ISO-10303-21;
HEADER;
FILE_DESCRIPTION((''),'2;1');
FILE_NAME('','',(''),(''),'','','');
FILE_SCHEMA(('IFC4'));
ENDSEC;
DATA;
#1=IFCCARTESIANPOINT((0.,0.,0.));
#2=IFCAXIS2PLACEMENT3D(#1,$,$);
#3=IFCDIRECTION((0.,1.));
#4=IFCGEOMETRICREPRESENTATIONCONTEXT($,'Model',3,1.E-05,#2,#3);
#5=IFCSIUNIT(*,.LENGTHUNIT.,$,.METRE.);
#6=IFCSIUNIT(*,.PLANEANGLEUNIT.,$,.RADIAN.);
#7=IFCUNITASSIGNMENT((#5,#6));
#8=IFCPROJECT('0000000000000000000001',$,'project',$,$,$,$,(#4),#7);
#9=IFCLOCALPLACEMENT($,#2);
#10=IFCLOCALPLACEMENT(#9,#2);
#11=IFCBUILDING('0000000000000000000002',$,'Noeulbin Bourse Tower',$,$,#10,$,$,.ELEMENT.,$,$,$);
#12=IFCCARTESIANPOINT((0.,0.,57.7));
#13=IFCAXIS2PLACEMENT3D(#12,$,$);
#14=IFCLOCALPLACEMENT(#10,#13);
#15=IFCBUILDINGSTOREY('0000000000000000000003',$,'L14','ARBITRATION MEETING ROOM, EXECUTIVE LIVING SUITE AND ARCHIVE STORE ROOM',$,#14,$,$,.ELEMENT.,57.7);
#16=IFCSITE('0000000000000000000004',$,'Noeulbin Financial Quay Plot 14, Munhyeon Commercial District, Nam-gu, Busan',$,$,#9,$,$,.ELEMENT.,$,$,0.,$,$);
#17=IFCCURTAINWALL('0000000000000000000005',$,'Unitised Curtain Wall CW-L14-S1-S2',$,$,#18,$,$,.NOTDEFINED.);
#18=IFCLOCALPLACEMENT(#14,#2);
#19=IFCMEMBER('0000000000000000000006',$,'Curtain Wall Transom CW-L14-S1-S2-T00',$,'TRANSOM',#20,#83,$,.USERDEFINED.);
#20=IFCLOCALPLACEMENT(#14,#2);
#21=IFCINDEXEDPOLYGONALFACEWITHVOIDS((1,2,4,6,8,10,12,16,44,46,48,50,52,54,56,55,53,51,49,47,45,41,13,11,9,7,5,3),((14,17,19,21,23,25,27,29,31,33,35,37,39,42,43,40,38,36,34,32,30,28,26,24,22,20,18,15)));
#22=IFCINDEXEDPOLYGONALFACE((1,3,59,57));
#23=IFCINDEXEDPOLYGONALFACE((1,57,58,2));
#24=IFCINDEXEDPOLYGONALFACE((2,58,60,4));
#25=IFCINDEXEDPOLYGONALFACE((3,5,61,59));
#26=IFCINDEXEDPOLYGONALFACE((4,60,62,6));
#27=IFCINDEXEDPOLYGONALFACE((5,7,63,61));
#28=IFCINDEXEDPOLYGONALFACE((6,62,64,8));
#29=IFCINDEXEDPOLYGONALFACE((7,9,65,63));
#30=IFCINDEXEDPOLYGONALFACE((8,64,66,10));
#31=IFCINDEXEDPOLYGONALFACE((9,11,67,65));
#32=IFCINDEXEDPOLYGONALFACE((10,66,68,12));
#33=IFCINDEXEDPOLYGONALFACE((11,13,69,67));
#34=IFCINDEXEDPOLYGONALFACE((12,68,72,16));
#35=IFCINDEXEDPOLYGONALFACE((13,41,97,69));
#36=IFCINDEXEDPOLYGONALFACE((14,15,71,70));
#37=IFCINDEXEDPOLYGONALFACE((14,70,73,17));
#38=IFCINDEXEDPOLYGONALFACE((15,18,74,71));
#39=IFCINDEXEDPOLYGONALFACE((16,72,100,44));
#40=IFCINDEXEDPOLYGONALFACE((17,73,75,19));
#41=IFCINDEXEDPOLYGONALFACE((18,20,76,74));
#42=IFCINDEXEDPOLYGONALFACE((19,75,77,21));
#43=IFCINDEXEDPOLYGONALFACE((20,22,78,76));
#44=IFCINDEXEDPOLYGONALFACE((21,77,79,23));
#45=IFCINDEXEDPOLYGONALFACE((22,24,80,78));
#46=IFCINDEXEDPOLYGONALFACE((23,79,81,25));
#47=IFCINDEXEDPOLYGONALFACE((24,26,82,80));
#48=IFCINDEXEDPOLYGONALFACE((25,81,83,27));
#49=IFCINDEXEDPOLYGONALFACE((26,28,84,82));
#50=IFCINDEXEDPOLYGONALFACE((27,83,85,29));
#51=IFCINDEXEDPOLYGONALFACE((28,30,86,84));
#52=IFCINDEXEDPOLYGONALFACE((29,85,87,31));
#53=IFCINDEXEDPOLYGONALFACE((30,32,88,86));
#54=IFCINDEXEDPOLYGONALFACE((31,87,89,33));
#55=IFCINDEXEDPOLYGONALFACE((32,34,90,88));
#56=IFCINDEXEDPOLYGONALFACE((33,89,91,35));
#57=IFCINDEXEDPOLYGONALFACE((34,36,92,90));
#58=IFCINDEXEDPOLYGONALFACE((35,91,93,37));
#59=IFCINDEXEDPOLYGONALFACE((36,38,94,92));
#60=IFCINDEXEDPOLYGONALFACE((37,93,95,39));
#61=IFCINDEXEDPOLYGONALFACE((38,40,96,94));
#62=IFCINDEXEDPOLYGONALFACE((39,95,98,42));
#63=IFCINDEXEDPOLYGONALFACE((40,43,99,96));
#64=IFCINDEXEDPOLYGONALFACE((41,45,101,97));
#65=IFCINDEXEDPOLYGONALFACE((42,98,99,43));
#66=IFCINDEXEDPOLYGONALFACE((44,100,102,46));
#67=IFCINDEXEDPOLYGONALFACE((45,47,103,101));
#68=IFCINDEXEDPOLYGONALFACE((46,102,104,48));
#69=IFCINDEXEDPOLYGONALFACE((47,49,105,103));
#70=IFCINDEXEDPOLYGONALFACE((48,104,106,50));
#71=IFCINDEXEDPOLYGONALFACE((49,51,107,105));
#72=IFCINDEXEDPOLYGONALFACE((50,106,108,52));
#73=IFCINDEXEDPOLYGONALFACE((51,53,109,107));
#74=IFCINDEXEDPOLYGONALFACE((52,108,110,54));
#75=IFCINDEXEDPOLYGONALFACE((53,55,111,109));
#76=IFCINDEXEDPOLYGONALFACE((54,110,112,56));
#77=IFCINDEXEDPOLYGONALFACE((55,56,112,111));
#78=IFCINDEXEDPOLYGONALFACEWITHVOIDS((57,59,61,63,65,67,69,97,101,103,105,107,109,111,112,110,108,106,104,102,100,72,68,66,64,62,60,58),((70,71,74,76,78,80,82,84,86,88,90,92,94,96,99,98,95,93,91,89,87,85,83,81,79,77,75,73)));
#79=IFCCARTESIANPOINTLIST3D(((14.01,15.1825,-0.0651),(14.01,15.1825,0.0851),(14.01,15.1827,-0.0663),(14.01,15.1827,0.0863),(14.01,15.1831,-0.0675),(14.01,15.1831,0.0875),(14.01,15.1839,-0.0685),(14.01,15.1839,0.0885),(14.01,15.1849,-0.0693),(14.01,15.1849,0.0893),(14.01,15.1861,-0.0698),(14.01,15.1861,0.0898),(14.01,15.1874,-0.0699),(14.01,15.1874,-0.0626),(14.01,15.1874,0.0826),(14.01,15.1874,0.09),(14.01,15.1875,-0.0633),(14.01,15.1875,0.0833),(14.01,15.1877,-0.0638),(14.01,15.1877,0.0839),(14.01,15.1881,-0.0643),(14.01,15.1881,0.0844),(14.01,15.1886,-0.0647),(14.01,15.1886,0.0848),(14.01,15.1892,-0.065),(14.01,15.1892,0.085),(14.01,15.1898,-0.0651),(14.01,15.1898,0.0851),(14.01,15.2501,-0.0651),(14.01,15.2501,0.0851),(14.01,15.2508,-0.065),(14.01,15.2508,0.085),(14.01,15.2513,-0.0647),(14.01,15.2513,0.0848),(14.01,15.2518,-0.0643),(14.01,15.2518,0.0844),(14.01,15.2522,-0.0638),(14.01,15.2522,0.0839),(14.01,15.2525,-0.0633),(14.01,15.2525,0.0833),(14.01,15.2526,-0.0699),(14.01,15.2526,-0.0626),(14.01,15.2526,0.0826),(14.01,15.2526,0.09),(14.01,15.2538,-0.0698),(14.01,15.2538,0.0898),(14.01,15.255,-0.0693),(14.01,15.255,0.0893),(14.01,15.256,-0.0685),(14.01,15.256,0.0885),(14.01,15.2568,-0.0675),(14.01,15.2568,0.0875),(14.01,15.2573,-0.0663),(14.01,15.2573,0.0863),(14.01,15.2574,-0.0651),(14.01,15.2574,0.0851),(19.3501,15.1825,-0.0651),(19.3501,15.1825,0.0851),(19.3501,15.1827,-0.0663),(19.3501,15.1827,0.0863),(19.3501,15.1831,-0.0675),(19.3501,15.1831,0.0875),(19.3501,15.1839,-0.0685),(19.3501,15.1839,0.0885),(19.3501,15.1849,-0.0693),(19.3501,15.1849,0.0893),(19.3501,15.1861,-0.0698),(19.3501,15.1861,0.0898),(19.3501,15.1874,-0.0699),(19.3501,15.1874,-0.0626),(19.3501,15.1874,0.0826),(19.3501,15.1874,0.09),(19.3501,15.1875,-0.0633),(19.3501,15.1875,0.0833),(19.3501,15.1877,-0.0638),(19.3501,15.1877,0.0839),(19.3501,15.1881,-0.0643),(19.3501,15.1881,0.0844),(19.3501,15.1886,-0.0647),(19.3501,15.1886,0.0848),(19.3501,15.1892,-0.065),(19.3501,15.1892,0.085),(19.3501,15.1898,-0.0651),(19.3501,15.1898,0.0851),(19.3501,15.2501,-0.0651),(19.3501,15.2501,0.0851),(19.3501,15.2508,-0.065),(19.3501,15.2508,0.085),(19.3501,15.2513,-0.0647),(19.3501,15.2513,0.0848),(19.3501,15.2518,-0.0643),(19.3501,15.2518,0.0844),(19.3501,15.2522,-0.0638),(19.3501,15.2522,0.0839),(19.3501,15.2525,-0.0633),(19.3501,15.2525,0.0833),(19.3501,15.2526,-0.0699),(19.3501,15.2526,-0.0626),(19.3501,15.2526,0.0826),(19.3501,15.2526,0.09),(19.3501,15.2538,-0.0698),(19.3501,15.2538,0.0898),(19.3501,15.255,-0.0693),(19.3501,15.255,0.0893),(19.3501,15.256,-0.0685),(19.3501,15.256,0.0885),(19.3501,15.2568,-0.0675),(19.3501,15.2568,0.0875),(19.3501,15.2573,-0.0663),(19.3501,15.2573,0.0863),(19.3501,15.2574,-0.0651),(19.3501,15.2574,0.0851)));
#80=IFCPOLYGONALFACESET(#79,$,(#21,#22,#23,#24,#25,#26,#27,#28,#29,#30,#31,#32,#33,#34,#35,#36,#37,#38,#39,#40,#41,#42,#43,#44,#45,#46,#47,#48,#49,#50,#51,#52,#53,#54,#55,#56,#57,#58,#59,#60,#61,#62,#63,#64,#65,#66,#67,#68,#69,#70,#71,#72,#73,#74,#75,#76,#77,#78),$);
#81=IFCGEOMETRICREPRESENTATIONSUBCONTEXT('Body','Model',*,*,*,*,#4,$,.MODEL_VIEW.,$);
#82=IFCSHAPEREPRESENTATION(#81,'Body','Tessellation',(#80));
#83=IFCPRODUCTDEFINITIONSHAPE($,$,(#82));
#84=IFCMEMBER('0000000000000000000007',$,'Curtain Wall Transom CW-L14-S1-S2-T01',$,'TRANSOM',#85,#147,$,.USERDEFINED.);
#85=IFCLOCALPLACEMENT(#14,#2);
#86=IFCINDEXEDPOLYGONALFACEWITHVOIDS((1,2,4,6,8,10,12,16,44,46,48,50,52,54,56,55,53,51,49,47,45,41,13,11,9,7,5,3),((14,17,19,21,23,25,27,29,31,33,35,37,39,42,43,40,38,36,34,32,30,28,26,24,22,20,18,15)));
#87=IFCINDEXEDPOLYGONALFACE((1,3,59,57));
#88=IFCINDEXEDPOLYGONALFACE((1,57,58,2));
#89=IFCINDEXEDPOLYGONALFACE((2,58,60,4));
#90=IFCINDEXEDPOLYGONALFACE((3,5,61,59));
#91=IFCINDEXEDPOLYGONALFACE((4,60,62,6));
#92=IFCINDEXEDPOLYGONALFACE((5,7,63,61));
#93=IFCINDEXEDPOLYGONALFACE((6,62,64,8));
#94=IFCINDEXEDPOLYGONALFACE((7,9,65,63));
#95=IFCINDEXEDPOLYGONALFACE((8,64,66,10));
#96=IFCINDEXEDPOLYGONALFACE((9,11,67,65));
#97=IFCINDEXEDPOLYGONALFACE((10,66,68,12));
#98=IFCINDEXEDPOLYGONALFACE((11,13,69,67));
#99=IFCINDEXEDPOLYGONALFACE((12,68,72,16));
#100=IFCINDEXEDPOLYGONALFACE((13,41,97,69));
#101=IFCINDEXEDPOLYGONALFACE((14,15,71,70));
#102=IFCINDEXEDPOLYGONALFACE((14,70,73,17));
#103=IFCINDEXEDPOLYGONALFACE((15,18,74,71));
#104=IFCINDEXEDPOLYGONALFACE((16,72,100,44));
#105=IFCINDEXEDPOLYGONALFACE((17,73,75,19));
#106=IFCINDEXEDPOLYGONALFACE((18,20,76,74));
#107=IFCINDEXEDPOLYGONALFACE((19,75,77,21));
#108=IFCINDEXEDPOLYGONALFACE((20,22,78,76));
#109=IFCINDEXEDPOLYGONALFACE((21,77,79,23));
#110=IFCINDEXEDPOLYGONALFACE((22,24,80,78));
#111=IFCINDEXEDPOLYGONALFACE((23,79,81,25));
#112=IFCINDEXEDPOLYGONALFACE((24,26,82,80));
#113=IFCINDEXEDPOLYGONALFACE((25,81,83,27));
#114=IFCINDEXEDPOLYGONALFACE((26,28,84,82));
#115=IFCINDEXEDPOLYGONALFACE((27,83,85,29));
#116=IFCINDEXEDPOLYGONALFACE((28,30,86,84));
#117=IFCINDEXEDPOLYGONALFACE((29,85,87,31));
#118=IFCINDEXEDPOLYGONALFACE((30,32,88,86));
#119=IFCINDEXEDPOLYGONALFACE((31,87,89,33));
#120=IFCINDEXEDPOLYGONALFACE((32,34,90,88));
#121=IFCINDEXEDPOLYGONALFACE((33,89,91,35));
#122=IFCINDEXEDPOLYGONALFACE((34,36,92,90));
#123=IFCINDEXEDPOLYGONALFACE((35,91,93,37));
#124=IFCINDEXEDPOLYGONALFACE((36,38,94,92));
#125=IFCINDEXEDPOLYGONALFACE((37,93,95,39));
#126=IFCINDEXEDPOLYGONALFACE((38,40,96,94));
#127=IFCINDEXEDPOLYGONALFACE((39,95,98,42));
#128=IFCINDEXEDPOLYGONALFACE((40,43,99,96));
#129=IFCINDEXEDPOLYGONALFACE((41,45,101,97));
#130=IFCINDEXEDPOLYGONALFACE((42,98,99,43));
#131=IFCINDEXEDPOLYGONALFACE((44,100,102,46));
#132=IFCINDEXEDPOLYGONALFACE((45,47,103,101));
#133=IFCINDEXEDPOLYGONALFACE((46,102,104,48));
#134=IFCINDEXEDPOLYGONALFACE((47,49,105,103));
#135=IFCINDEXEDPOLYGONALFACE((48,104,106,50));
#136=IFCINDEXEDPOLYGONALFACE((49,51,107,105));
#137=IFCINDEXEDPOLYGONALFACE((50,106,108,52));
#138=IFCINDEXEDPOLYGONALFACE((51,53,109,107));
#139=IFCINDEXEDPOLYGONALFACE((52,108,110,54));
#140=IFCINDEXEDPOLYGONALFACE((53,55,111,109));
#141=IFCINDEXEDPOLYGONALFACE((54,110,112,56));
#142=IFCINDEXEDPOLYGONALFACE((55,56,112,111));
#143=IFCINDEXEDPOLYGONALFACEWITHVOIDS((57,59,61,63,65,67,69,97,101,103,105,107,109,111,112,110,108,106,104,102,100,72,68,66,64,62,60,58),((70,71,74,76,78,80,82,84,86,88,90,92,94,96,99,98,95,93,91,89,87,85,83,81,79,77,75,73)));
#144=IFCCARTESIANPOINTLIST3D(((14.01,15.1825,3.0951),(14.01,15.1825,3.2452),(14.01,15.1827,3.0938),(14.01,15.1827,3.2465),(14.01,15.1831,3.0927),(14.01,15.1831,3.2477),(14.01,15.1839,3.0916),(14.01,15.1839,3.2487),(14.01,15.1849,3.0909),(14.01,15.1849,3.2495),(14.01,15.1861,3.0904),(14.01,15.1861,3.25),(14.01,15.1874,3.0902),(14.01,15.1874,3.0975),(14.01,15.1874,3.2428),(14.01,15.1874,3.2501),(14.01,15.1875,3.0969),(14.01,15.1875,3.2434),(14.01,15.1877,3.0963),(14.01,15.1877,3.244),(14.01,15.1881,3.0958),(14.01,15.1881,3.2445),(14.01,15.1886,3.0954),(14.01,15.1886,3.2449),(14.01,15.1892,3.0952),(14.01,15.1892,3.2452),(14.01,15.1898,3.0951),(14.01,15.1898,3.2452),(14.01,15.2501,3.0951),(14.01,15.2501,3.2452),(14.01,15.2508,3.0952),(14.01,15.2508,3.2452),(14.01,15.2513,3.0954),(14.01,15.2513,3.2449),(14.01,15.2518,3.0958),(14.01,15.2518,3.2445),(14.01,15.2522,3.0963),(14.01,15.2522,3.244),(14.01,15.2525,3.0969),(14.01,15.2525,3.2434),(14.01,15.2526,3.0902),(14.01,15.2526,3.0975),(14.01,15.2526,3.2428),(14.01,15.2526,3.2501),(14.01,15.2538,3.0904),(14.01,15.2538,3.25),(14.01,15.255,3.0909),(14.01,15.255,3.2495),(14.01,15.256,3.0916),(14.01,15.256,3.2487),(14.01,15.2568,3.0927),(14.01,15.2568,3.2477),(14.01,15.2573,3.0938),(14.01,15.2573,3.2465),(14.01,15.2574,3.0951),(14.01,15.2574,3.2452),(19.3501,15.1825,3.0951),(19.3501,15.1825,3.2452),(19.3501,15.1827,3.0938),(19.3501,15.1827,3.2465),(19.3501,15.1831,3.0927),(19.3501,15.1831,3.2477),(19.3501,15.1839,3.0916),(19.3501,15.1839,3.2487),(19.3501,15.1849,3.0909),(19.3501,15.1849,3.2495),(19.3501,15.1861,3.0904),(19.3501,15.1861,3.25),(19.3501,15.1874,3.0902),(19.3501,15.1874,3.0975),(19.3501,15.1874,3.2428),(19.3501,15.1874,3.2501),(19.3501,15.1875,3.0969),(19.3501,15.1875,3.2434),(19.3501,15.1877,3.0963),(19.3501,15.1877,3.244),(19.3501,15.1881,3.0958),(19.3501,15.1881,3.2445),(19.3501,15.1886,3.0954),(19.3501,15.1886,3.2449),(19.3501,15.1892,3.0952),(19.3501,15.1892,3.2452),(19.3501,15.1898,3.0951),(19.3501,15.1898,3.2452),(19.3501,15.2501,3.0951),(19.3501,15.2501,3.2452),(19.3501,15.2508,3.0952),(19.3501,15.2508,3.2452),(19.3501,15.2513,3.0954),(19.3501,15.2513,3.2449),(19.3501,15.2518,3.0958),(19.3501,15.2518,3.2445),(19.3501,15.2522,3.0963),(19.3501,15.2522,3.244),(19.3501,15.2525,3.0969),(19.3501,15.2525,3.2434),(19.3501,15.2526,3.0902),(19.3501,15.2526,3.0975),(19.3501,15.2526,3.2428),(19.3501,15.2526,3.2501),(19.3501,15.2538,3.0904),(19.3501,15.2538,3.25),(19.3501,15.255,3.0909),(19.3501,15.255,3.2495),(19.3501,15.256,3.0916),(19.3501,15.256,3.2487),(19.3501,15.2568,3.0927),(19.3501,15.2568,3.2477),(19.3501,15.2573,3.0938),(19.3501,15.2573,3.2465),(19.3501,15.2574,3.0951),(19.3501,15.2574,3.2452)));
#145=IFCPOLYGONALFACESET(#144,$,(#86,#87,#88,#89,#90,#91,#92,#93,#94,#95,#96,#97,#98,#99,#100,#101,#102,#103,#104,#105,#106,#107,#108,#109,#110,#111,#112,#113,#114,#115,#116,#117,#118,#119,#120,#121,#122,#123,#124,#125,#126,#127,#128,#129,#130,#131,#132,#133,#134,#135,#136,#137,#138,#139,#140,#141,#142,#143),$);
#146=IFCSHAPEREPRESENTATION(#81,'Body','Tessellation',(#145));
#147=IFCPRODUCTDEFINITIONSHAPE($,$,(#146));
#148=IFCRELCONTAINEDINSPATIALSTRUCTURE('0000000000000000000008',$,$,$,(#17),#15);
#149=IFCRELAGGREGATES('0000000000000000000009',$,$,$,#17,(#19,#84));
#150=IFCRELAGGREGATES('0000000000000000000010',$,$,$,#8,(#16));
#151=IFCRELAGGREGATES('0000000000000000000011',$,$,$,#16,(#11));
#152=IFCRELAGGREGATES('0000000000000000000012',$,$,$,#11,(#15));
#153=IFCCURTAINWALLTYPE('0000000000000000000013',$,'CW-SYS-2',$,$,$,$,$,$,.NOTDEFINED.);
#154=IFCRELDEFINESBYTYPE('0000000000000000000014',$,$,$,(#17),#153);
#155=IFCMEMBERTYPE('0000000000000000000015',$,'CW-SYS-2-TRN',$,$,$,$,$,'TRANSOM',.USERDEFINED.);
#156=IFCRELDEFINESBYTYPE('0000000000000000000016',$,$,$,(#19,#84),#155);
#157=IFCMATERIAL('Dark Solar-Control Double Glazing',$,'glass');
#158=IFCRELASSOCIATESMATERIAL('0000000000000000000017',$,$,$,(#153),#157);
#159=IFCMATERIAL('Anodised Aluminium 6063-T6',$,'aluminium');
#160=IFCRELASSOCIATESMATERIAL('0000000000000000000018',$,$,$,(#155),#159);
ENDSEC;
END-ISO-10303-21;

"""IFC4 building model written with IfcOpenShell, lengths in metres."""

from ifc_helpers import new_model, si_unit, direction, frame, origin, origin_2d, place, context, subcontext, project, spatial, hollow_rectangle, extrude, material, material_profile, profile_set, type_object, element, aggregate, save


model = new_model("IFC4")

# Units and contexts
model_context = context("Model", 3, precision=1e-05, world=origin(), true_north=direction((0.0, 1.0)))
body_context = subcontext(model_context, "Body", "Model", "MODEL_VIEW")
ifc_project = project(units=[si_unit("LENGTHUNIT", "METRE"), si_unit("PLANEANGLEUNIT", "RADIAN")], contexts=[model_context])

# Site, building, storey
site_placement = place(None, origin())
site = spatial("IfcSite", under=ifc_project, at=site_placement, Name="Noeulbin Financial Quay Plot 14, Munhyeon Commercial District, Nam-gu, Busan", CompositionType="ELEMENT", RefElevation=0.0)
building_placement = place(site_placement, origin())
building = spatial("IfcBuilding", under=site, at=building_placement, Name="Noeulbin Bourse Tower", CompositionType="ELEMENT")
storey_placement = place(building_placement, frame((0.0, 0.0, 57.7)))
storey = spatial("IfcBuildingStorey", under=building, at=storey_placement, Name="L14", Description="ARBITRATION MEETING ROOM, EXECUTIVE LIVING SUITE AND ARCHIVE STORE ROOM", CompositionType="ELEMENT", Elevation=57.7)

# Shared definitions
ifc_material_1 = material(Name="Dark Solar-Control Double Glazing", Category="glass")
curtain_wall_type = type_object("IfcCurtainWallType", Name="CW-SYS-2", PredefinedType="NOTDEFINED", material=ifc_material_1)
ifc_material_2 = material(Name="Anodised Aluminium 6063-T6", Category="aluminium")

# Curtain wall
curtain_wall_1_placement = place(storey_placement, origin())
curtain_wall_1 = element("IfcCurtainWall", 1, at=curtain_wall_1_placement, inside=storey, type_object=curtain_wall_type, Name="Unitised Curtain Wall CW-L14-S1-S2", PredefinedType="NOTDEFINED")

# Members
ifc_material_profile_1 = material_profile(ifc_material_2, hollow_rectangle(XDim=0.075, YDim=0.1599, WallThickness=0.0049, InnerFilletRadius=0.0024, OuterFilletRadius=0.0049, at=origin_2d()), Name="ALU-TRAN-75x160x5", Category="LoadBearing")
ifc_profile_set_1 = profile_set([ifc_material_profile_1], Name="Anodised Aluminium 6063-T6")
member_type_1 = type_object("IfcMemberType", Name="CW-SYS-2-TRN", ElementType="TRANSOM", PredefinedType="USERDEFINED", material=ifc_profile_set_1)
member_1_placement = place(storey_placement, frame((14.01, 15.22, 0.01), z_axis=(1.0, 0.0, 0.0), x_axis=(0.0, 1.0, 0.0)))
member_1 = element("IfcMember", 2, at=member_1_placement, type_object=member_type_1, Name="Curtain Wall Transom CW-L14-S1-S2-T00", ObjectType="TRANSOM", PredefinedType="USERDEFINED", context=body_context, shape_type="SweptSolid", body=[
    extrude(hollow_rectangle(XDim=0.075, YDim=0.1599, WallThickness=0.0049, InnerFilletRadius=0.0024, OuterFilletRadius=0.0049, at=origin_2d()), origin(), (0.0, 0.0, 1.0), 5.3401),
])
member_2_placement = place(storey_placement, frame((14.01, 15.22, 3.1702), z_axis=(1.0, 0.0, 0.0), x_axis=(0.0, 1.0, 0.0)))
member_2 = element("IfcMember", 3, at=member_2_placement, type_object=member_type_1, Name="Curtain Wall Transom CW-L14-S1-S2-T01", ObjectType="TRANSOM", PredefinedType="USERDEFINED", context=body_context, shape_type="SweptSolid", body=[
    extrude(hollow_rectangle(XDim=0.075, YDim=0.1599, WallThickness=0.0049, InnerFilletRadius=0.0024, OuterFilletRadius=0.0049, at=origin_2d()), origin(), (0.0, 0.0, 1.0), 5.3401),
])
aggregate(curtain_wall_1, [member_1, member_2])

save(model, "model.ifc")
